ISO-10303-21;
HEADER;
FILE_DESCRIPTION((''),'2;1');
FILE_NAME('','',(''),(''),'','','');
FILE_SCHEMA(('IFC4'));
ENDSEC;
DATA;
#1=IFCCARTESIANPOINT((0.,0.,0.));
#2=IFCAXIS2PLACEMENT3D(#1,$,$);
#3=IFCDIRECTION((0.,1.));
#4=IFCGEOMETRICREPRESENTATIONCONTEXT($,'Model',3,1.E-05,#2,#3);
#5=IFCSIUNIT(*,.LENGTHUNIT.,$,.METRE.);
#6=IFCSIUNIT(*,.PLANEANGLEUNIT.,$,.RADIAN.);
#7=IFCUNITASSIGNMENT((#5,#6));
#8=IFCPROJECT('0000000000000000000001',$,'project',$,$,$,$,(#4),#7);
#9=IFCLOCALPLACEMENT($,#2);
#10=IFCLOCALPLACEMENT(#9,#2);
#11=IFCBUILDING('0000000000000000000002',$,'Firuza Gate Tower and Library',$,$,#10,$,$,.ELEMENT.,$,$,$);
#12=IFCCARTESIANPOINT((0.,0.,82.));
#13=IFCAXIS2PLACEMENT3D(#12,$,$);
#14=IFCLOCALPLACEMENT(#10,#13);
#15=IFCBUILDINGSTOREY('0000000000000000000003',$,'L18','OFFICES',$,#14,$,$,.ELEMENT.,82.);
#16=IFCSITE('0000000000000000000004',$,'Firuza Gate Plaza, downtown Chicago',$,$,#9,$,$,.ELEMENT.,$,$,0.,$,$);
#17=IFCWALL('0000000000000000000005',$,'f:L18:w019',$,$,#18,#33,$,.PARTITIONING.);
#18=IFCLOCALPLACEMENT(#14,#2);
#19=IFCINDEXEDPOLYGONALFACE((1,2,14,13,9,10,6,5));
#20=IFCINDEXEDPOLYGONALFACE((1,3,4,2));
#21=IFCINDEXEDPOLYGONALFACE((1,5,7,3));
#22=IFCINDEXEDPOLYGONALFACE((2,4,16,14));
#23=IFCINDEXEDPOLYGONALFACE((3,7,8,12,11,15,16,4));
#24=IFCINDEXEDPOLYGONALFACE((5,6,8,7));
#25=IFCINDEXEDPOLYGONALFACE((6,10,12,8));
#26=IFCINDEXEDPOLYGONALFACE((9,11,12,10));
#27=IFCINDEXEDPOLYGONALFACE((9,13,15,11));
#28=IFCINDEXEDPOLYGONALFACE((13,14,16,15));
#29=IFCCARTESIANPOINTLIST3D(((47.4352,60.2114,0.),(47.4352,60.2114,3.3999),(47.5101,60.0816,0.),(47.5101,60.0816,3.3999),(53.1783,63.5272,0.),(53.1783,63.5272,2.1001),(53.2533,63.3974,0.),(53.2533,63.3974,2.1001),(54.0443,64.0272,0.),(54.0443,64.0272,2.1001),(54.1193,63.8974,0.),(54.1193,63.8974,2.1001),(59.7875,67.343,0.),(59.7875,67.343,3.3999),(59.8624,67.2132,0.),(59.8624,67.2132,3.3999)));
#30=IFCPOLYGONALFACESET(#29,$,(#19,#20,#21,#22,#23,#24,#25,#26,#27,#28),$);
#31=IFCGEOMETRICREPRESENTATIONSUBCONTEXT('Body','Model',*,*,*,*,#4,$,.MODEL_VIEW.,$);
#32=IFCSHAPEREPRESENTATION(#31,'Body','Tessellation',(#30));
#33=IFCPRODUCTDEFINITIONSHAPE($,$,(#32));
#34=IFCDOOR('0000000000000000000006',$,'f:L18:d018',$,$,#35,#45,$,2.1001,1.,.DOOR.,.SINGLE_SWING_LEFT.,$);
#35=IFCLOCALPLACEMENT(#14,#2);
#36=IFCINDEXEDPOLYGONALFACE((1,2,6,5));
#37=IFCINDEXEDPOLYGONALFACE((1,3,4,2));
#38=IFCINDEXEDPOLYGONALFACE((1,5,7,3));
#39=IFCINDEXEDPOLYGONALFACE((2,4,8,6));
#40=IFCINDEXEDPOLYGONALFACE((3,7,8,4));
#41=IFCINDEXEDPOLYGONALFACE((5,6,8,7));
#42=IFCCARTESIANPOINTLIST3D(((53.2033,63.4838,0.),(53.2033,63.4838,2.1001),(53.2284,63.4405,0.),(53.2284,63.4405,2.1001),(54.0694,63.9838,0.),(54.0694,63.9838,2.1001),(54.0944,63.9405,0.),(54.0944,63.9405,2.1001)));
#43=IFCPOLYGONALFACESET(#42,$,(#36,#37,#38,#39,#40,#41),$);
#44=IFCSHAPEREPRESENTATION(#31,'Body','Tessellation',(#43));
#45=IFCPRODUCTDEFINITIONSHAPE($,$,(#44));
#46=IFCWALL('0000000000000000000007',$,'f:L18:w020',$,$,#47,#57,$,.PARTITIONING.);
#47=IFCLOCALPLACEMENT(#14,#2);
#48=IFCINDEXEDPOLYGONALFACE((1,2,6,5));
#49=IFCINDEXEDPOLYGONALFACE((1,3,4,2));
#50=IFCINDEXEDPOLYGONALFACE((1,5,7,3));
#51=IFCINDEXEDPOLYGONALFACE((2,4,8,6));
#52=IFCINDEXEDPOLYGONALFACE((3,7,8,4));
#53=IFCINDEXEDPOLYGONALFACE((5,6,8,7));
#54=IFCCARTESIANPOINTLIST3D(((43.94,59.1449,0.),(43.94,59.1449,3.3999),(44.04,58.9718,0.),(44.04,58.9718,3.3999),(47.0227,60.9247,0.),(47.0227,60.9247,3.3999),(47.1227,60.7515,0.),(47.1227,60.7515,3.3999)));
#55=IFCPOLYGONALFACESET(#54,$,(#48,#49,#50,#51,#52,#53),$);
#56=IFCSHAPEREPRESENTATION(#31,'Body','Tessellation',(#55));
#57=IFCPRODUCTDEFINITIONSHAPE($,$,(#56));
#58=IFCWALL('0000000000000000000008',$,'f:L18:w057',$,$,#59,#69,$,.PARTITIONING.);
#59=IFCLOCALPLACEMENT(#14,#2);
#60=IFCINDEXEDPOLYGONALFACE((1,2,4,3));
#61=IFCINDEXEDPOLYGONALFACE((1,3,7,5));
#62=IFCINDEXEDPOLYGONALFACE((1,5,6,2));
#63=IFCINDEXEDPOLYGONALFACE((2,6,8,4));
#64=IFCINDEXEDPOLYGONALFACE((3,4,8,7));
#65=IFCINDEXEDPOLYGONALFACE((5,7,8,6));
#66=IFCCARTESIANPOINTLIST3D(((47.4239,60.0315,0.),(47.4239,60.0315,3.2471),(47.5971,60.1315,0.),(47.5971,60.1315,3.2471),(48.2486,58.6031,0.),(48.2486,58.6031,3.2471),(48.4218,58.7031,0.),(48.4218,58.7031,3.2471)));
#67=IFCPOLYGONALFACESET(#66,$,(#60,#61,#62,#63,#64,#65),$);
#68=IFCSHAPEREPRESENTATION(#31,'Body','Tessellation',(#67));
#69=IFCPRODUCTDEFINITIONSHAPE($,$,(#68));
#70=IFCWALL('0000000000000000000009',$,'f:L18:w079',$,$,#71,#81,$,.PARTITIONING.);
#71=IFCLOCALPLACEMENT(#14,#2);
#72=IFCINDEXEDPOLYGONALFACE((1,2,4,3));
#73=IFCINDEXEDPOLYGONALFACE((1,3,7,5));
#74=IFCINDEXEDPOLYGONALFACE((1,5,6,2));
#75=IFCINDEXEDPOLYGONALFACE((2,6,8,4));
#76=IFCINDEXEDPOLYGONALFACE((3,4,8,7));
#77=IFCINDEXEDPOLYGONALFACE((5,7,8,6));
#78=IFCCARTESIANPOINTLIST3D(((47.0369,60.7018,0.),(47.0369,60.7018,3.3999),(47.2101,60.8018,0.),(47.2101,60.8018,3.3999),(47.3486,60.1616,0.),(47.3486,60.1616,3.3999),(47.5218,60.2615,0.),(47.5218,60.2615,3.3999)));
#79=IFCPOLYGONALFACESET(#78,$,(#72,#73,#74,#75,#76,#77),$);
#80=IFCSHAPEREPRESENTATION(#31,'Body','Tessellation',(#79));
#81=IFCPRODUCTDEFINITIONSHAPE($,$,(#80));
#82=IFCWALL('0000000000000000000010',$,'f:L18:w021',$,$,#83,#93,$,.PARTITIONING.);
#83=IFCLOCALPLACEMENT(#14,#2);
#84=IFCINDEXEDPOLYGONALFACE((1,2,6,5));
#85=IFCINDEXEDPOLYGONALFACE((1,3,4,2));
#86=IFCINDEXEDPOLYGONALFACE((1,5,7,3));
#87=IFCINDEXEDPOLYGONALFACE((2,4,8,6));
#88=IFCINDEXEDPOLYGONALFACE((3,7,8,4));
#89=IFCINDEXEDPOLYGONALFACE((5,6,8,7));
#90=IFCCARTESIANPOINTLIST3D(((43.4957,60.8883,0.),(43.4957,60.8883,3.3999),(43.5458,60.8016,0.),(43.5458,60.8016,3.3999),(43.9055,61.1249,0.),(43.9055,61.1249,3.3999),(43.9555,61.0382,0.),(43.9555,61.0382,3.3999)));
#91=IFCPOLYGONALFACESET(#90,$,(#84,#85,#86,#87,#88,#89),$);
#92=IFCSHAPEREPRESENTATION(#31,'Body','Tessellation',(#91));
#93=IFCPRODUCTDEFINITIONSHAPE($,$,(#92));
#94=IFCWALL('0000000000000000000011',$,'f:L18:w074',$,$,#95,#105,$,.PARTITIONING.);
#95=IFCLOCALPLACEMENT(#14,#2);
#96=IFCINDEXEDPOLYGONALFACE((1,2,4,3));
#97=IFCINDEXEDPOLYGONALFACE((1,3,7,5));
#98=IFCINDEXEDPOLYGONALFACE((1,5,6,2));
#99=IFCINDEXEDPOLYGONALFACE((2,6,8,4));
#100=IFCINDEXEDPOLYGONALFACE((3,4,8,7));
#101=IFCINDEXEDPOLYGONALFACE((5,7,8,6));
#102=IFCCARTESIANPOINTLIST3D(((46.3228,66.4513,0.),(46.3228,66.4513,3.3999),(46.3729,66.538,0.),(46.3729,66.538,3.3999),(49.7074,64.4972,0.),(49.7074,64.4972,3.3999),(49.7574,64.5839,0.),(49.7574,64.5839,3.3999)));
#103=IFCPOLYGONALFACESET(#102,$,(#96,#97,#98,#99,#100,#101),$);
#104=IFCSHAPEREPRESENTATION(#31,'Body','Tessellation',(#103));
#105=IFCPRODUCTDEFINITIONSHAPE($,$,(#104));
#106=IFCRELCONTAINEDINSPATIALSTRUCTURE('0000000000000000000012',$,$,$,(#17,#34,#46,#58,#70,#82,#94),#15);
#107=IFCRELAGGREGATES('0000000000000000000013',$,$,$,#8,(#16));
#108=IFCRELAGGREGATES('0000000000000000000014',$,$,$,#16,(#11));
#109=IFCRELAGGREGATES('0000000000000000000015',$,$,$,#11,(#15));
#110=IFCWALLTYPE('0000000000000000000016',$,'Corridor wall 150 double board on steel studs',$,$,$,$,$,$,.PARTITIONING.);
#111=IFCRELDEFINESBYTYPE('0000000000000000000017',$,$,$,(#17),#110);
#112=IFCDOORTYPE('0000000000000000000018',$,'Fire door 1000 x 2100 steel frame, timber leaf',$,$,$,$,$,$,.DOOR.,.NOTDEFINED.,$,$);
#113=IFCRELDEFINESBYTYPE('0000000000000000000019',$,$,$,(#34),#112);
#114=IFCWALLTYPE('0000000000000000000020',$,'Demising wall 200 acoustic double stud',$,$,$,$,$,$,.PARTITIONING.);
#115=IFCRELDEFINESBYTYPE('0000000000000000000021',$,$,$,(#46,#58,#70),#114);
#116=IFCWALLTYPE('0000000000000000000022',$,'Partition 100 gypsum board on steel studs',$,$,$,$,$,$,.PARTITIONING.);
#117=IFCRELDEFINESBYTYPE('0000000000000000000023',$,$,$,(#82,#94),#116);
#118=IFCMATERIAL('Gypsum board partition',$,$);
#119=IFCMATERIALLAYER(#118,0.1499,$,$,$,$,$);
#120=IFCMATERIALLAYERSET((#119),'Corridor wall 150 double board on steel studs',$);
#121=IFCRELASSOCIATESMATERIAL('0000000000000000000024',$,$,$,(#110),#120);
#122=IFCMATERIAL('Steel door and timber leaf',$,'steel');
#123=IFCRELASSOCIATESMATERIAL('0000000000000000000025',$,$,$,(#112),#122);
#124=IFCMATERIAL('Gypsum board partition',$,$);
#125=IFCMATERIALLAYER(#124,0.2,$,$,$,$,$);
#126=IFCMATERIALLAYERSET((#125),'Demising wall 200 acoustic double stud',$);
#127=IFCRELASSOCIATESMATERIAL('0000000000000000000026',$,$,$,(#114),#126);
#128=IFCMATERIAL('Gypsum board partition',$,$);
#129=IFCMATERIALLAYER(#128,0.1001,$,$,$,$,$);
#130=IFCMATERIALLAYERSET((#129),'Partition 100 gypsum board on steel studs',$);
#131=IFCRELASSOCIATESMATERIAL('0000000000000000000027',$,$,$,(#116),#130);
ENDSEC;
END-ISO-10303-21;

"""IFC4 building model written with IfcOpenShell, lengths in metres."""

from ifc_helpers import new_model, si_unit, direction, frame, frame_2d, origin, place, context, subcontext, project, spatial, rectangle, extrude, material, layer, layer_set, type_object, element, fill, save


model = new_model("IFC4")

# Units and contexts
model_context = context("Model", 3, precision=1e-05, world=origin(), true_north=direction((0.0, 1.0)))
body_context = subcontext(model_context, "Body", "Model", "MODEL_VIEW")
ifc_project = project(units=[si_unit("LENGTHUNIT", "METRE"), si_unit("PLANEANGLEUNIT", "RADIAN")], contexts=[model_context])

# Site, building, storey
site_placement = place(None, origin())
site = spatial("IfcSite", under=ifc_project, at=site_placement, Name="Firuza Gate Plaza, downtown Chicago", CompositionType="ELEMENT", RefElevation=0.0)
building_placement = place(site_placement, origin())
building = spatial("IfcBuilding", under=site, at=building_placement, Name="Firuza Gate Tower and Library", CompositionType="ELEMENT")
storey_placement = place(building_placement, frame((0.0, 0.0, 82.0)))
storey = spatial("IfcBuildingStorey", under=building, at=storey_placement, Name="L18", Description="OFFICES", CompositionType="ELEMENT", Elevation=82.0)

# Wall, opening, door
ifc_material_1 = material(Name="Gypsum board partition")
ifc_layer_1 = layer(ifc_material_1, 0.1499)
ifc_layer_set_1 = layer_set([ifc_layer_1], Name="Corridor wall 150 double board on steel studs")
wall_type_1 = type_object("IfcWallType", Name="Corridor wall 150 double board on steel studs", PredefinedType="PARTITIONING", material=ifc_layer_set_1)
wall_1_placement = place(storey_placement, frame((47.4727, 60.1465, 0.0), z_axis=(0.0, 0.0, 1.0), x_axis=(0.866026, 0.5, 0.0)))
wall_1 = element("IfcWall", 1, at=wall_1_placement, inside=storey, type_object=wall_type_1, Name="f:L18:w019", PredefinedType="PARTITIONING", context=body_context, shape_type="SweptSolid", body=[
    extrude(rectangle(XDim=14.2632, YDim=0.1499, at=frame_2d((7.1316, 0.0))), origin(), (0.0, 0.0, 1.0), 3.3999),
])
opening_placement = place(wall_1_placement, frame((6.6316, 0.0, 0.0)))
opening = element("IfcOpeningElement", 2, at=opening_placement, cuts=wall_1, PredefinedType="OPENING", context=body_context, shape_type="SweptSolid", body=[
    extrude(rectangle(XDim=1.0, YDim=2.1001, at=frame_2d((0.5, 1.05))), frame((0.0, 0.085, 0.0), z_axis=(0.0, -1.0, 0.0), x_axis=(1.0, 0.0, 0.0)), (0.0, 0.0, 1.0), 0.1699),
])
ifc_material_2 = material(Name="Steel door and timber leaf", Category="steel")
door_type = type_object("IfcDoorType", Name="Fire door 1000 x 2100 steel frame, timber leaf", OperationType="NOTDEFINED", PredefinedType="DOOR", material=ifc_material_2)
door_placement = place(opening_placement, origin())
door = element("IfcDoor", 3, at=door_placement, inside=storey, type_object=door_type, Name="f:L18:d018", OperationType="SINGLE_SWING_LEFT", OverallHeight=2.1001, OverallWidth=1.0, PredefinedType="DOOR", context=body_context, shape_type="SweptSolid", body=[
    extrude(rectangle(XDim=1.0, YDim=2.1001, at=frame_2d((0.5, 1.05))), frame((0.0, 0.0249, 0.0), z_axis=(0.0, -1.0, 0.0), x_axis=(1.0, 0.0, 0.0)), (0.0, 0.0, 1.0), 0.05),
])
fill(opening, door)

# Walls
ifc_material_3 = material(Name="Gypsum board partition")
ifc_layer_2 = layer(ifc_material_3, 0.2)
ifc_layer_set_2 = layer_set([ifc_layer_2], Name="Demising wall 200 acoustic double stud")
wall_type_2 = type_object("IfcWallType", Name="Demising wall 200 acoustic double stud", PredefinedType="PARTITIONING", material=ifc_layer_set_2)
wall_2_placement = place(storey_placement, frame((43.99, 59.0583, 0.0), z_axis=(0.0, 0.0, 1.0), x_axis=(0.866031, 0.49999, 0.0)))
element("IfcWall", 4, at=wall_2_placement, inside=storey, type_object=wall_type_2, Name="f:L18:w020", PredefinedType="PARTITIONING", context=body_context, shape_type="SweptSolid", body=[
    extrude(rectangle(XDim=3.5596, YDim=0.2, at=frame_2d((1.7798, 0.0))), origin(), (0.0, 0.0, 1.0), 3.3999),
])
wall_3_placement = place(storey_placement, frame((48.3352, 58.6531, 0.0), z_axis=(0.0, 0.0, 1.0), x_axis=(-0.499992, 0.86603, 0.0)))
element("IfcWall", 5, at=wall_3_placement, inside=storey, type_object=wall_type_2, Name="f:L18:w057", PredefinedType="PARTITIONING", context=body_context, shape_type="SweptSolid", body=[
    extrude(rectangle(XDim=1.6494, YDim=0.2, at=frame_2d((0.8247, 0.0))), origin(), (0.0, 0.0, 1.0), 3.2471),
])
wall_4_placement = place(storey_placement, frame((47.4353, 60.2114, 0.0), z_axis=(0.0, 0.0, 1.0), x_axis=(-0.499802, 0.86614, 0.0)))
element("IfcWall", 6, at=wall_4_placement, inside=storey, type_object=wall_type_2, Name="f:L18:w079", PredefinedType="PARTITIONING", context=body_context, shape_type="SweptSolid", body=[
    extrude(rectangle(XDim=0.6238, YDim=0.2, at=frame_2d((0.312, 0.0))), origin(), (0.0, 0.0, 1.0), 3.3999),
])
ifc_material_4 = material(Name="Gypsum board partition")
ifc_layer_3 = layer(ifc_material_4, 0.1001)
ifc_layer_set_3 = layer_set([ifc_layer_3], Name="Partition 100 gypsum board on steel studs")
wall_type_3 = type_object("IfcWallType", Name="Partition 100 gypsum board on steel studs", PredefinedType="PARTITIONING", material=ifc_layer_set_3)
wall_5_placement = place(storey_placement, frame((43.5208, 60.845, 0.0), z_axis=(0.0, 0.0, 1.0), x_axis=(0.865979, 0.50008, 0.0)))
element("IfcWall", 7, at=wall_5_placement, inside=storey, type_object=wall_type_3, Name="f:L18:w021", PredefinedType="PARTITIONING", context=body_context, shape_type="SweptSolid", body=[
    extrude(rectangle(XDim=0.4731, YDim=0.1001, at=frame_2d((0.2366, 0.0))), origin(), (0.0, 0.0, 1.0), 3.3999),
])
wall_6_placement = place(storey_placement, frame((49.7324, 64.5405, 0.0), z_axis=(0.0, 0.0, 1.0), x_axis=(-0.86602, 0.500009, 0.0)))
element("IfcWall", 8, at=wall_6_placement, inside=storey, type_object=wall_type_3, Name="f:L18:w074", PredefinedType="PARTITIONING", context=body_context, shape_type="SweptSolid", body=[
    extrude(rectangle(XDim=3.9082, YDim=0.1001, at=frame_2d((1.9541, 0.0))), origin(), (0.0, 0.0, 1.0), 3.3999),
])

save(model, "model.ifc")
